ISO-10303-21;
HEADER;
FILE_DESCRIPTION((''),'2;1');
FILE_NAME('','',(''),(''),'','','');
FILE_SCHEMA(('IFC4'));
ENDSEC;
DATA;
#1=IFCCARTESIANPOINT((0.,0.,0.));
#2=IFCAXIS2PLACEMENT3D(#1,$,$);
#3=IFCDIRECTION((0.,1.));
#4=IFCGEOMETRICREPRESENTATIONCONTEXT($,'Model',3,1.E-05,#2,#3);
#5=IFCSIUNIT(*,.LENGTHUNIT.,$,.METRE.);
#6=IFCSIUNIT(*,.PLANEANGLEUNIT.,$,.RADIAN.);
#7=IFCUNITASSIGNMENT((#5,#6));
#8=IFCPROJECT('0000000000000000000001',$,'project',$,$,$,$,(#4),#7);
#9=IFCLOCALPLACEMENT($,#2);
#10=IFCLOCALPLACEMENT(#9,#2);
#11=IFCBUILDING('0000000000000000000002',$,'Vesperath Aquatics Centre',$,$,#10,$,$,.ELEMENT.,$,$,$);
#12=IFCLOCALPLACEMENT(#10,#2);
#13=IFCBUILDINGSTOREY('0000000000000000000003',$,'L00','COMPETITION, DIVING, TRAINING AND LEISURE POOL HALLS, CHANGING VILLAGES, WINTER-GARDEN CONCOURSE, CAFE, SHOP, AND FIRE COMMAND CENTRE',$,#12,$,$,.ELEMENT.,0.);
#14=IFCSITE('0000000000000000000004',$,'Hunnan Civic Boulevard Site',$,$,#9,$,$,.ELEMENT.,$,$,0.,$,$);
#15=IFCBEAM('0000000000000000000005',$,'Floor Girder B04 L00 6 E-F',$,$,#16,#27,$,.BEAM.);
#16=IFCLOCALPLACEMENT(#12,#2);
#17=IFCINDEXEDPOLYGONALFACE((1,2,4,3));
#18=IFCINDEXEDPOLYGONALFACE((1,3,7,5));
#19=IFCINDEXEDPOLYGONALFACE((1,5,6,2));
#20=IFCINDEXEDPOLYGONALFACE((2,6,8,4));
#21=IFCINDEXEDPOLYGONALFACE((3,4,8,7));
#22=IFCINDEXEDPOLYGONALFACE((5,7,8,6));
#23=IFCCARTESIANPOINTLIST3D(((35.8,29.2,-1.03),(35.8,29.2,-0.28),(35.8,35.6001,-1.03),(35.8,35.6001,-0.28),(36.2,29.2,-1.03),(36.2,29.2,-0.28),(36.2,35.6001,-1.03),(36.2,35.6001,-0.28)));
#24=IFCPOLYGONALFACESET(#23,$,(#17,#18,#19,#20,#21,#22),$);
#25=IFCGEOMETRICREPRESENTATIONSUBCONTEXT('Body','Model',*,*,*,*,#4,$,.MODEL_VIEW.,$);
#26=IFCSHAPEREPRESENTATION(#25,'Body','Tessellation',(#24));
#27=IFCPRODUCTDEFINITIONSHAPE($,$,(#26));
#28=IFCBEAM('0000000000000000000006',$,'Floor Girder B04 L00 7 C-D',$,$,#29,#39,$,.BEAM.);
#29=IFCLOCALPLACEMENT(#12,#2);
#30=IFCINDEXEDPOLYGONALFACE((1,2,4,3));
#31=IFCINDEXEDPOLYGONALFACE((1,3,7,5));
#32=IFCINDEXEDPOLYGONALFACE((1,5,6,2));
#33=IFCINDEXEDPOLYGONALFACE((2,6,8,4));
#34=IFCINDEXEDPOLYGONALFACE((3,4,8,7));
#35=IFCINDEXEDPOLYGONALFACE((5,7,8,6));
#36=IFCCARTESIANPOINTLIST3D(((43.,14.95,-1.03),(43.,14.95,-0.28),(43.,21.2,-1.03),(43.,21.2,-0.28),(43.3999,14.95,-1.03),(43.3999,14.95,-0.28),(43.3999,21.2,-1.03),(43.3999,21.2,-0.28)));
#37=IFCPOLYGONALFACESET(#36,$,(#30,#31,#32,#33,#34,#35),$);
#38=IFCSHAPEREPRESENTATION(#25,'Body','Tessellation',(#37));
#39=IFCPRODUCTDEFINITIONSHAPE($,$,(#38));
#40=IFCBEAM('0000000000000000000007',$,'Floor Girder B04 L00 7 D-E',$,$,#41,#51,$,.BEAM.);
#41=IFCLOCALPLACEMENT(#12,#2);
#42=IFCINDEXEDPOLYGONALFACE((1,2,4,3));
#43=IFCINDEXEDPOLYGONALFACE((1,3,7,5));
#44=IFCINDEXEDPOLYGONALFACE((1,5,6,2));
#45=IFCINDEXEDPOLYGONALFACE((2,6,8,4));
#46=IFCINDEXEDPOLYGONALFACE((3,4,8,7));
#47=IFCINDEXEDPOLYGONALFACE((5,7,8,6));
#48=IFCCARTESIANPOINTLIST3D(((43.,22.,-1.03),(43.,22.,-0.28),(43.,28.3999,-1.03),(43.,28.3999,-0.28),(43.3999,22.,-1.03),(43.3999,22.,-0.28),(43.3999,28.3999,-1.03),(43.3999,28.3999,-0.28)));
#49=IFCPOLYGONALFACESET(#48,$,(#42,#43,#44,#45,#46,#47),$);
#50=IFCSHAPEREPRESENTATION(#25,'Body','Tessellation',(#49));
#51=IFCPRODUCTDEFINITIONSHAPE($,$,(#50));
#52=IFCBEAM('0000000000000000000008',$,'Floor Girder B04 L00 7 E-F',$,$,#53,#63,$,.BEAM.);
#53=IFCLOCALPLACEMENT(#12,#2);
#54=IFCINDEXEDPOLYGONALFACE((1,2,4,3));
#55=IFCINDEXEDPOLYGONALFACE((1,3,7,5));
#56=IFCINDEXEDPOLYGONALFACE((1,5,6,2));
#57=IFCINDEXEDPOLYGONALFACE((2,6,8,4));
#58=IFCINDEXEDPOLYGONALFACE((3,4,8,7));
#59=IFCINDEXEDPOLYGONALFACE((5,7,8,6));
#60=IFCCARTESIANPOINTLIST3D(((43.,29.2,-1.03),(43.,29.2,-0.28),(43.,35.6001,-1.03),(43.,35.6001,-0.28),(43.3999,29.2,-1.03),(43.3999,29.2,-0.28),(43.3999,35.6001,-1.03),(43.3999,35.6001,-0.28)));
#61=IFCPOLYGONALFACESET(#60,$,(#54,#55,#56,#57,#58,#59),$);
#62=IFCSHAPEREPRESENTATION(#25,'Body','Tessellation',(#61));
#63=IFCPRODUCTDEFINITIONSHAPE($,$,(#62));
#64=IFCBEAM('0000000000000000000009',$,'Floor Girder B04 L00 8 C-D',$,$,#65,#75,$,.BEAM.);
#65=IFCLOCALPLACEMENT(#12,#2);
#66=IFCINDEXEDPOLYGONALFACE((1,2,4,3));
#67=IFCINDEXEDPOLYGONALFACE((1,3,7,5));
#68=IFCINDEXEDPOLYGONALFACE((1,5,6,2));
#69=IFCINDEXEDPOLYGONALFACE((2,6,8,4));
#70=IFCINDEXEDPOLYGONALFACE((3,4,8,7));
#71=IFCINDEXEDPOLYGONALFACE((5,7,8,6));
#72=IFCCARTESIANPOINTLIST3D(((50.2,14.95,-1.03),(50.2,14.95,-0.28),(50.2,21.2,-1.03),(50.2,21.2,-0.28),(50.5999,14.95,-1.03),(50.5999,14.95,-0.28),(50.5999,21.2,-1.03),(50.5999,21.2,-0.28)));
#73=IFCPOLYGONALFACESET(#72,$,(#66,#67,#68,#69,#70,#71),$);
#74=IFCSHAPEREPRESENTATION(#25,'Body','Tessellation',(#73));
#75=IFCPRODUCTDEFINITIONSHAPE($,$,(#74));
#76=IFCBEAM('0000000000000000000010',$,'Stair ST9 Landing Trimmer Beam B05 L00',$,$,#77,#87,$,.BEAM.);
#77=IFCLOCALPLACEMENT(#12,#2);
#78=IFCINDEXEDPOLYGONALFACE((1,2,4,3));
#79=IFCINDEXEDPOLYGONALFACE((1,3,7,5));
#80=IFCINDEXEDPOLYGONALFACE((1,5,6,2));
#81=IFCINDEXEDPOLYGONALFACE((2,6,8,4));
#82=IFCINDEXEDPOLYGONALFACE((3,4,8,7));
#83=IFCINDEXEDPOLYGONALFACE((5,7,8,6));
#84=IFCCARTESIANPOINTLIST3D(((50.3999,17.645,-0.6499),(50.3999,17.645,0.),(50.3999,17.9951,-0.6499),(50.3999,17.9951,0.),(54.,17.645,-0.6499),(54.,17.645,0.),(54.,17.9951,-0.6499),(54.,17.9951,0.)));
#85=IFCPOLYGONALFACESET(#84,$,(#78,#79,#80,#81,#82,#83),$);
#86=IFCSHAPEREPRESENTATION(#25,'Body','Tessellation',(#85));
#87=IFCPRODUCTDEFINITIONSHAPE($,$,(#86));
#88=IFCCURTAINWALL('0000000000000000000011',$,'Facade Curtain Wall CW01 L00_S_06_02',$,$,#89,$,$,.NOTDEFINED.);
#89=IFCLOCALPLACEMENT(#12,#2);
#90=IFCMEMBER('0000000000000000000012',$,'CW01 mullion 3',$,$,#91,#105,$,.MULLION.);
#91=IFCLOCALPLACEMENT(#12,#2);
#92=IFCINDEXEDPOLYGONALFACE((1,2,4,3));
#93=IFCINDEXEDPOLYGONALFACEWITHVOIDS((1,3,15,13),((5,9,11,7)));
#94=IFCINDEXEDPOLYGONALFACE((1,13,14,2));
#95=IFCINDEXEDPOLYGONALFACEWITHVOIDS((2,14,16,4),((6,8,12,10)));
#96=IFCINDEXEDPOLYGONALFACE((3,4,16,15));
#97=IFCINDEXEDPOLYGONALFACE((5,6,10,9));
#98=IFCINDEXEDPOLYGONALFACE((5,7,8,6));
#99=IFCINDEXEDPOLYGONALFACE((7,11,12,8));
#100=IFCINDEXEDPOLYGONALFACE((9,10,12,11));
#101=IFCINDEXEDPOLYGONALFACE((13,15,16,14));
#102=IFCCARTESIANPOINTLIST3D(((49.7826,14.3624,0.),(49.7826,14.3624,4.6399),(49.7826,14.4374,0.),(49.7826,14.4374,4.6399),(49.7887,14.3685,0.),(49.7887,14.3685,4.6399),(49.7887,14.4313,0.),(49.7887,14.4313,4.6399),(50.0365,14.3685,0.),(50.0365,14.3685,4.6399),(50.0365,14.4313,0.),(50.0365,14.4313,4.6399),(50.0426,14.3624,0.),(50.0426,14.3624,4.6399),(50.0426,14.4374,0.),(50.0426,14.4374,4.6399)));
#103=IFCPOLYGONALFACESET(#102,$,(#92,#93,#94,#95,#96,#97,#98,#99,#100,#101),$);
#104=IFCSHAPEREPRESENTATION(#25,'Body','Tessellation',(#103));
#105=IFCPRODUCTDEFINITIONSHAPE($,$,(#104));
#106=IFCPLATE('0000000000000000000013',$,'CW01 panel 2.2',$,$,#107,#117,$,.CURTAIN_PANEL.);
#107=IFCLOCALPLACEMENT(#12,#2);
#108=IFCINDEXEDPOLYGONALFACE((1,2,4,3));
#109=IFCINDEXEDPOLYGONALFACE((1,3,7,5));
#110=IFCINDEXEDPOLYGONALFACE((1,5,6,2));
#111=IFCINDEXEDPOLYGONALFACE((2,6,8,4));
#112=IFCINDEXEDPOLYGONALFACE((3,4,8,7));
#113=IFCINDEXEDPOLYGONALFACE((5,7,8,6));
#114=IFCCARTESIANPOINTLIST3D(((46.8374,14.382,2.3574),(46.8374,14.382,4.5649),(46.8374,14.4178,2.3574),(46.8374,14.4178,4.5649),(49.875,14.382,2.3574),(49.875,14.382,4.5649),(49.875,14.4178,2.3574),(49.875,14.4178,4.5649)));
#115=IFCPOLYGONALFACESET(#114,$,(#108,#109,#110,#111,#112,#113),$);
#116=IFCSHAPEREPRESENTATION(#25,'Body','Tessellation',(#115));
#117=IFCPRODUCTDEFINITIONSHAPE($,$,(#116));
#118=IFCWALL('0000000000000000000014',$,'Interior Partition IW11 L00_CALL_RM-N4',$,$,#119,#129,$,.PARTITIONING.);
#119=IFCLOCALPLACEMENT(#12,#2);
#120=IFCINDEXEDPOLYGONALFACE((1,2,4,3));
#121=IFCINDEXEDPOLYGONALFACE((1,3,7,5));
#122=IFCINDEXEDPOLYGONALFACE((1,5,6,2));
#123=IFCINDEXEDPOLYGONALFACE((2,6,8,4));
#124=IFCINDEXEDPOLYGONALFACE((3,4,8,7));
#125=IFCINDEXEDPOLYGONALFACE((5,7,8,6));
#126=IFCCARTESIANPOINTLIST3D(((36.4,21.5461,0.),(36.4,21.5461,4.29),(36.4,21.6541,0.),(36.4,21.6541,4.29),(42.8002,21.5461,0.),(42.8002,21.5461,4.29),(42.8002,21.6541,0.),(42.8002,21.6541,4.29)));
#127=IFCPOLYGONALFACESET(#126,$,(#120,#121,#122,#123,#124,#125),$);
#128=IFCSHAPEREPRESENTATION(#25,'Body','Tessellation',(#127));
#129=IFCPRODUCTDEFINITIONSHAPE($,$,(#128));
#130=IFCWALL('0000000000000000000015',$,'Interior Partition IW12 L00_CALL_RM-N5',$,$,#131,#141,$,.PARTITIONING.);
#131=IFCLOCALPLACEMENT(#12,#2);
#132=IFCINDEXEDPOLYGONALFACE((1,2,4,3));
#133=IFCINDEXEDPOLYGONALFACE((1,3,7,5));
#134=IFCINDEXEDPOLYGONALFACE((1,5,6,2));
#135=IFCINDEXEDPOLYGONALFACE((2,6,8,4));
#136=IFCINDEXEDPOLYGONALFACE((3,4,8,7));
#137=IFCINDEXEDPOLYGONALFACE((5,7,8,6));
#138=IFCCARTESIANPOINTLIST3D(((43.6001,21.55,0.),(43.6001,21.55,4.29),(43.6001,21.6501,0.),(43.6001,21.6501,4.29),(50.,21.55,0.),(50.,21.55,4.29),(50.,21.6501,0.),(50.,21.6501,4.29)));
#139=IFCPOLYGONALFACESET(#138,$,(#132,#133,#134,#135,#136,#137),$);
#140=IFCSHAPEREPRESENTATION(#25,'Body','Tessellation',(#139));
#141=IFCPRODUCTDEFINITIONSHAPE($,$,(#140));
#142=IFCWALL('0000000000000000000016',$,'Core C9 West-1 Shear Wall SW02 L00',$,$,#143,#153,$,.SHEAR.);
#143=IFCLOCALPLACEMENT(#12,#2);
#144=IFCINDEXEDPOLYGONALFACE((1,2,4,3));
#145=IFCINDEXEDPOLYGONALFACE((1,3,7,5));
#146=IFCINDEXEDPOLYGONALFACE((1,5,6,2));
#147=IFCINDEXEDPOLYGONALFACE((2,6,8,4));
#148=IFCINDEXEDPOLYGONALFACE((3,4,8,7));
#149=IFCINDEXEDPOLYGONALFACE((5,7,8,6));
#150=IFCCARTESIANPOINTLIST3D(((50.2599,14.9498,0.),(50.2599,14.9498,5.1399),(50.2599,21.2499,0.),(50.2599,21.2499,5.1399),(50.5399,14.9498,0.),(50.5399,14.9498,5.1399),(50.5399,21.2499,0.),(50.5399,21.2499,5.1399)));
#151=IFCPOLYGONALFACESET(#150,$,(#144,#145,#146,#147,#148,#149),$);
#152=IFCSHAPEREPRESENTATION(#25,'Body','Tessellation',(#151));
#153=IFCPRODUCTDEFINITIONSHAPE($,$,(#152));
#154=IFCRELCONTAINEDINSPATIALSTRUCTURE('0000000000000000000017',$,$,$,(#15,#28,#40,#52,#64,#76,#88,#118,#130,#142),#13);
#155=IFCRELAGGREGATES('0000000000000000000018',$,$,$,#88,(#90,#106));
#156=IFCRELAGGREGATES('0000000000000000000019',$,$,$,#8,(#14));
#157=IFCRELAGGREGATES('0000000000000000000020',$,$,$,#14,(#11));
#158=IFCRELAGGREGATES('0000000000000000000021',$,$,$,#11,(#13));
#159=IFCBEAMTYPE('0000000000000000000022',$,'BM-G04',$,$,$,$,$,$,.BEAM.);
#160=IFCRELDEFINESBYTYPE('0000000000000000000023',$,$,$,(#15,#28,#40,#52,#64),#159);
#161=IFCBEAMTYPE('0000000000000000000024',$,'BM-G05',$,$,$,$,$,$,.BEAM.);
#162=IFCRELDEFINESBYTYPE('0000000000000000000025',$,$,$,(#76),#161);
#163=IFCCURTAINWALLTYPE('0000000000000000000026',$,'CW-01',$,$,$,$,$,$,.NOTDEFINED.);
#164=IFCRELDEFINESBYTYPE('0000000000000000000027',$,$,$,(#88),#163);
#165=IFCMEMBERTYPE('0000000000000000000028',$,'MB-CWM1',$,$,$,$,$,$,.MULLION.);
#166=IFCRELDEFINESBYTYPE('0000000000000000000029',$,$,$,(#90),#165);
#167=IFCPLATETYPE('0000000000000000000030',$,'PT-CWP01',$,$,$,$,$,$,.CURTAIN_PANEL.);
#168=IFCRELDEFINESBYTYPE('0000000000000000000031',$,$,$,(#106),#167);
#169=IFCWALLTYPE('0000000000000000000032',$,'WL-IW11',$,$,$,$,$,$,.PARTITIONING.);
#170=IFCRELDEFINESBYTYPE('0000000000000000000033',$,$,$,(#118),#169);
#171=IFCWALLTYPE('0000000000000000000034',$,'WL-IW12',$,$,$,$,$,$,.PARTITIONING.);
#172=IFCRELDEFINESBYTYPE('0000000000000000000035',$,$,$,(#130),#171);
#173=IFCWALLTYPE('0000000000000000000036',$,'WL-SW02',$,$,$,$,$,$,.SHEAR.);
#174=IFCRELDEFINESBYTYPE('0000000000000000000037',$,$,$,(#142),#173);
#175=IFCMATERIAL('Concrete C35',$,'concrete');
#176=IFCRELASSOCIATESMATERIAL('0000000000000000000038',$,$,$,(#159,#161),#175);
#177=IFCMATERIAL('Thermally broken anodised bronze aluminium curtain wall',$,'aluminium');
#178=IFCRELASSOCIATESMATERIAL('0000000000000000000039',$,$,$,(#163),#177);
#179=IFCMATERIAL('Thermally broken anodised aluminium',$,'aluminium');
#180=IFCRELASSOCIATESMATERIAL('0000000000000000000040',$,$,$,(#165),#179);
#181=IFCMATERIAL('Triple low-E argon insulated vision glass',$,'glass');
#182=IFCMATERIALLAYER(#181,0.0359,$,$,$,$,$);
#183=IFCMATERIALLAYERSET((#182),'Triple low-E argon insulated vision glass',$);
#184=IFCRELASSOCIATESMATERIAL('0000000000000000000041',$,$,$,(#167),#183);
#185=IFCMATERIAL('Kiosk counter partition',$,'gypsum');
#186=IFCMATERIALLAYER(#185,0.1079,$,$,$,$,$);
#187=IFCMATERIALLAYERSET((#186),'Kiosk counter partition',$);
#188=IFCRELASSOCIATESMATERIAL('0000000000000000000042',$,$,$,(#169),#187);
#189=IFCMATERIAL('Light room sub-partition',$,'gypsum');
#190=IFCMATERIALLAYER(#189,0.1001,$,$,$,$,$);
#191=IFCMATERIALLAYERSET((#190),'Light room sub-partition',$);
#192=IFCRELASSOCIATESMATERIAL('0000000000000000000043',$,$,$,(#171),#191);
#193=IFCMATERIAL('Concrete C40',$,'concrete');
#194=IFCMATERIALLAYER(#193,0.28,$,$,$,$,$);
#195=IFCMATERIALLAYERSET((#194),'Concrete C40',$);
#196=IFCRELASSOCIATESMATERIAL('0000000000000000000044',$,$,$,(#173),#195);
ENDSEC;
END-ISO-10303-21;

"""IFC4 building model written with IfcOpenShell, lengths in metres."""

from ifc_helpers import new_model, si_unit, direction, frame, frame_2d, origin, origin_2d, place, context, subcontext, project, spatial, rectangle, hollow_rectangle, extrude, material, layer, layer_set, material_profile, profile_set, type_object, element, aggregate, save


model = new_model("IFC4")

# Units and contexts
model_context = context("Model", 3, precision=1e-05, world=origin(), true_north=direction((0.0, 1.0)))
body_context = subcontext(model_context, "Body", "Model", "MODEL_VIEW")
ifc_project = project(units=[si_unit("LENGTHUNIT", "METRE"), si_unit("PLANEANGLEUNIT", "RADIAN")], contexts=[model_context])

# Site, building, storey
site_placement = place(None, origin())
site = spatial("IfcSite", under=ifc_project, at=site_placement, Name="Hunnan Civic Boulevard Site", CompositionType="ELEMENT", RefElevation=0.0)
building_placement = place(site_placement, origin())
building = spatial("IfcBuilding", under=site, at=building_placement, Name="Vesperath Aquatics Centre", CompositionType="ELEMENT")
storey_placement = place(building_placement, origin())
storey = spatial("IfcBuildingStorey", under=building, at=storey_placement, Name="L00", Description="COMPETITION, DIVING, TRAINING AND LEISURE POOL HALLS, CHANGING VILLAGES, WINTER-GARDEN CONCOURSE, CAFE, SHOP, AND FIRE COMMAND CENTRE", CompositionType="ELEMENT", Elevation=0.0)

# Shared definitions
ifc_material_1 = material(Name="Concrete C40", Category="concrete")
ifc_material_2 = material(Name="Concrete C35", Category="concrete")

# Beams
ifc_material_profile_1 = material_profile(ifc_material_2, rectangle(XDim=0.3999, YDim=0.75, at=origin_2d()), Name="RC 400x750")
ifc_profile_set_1 = profile_set([ifc_material_profile_1], Name="Concrete C35")
beam_type_1 = type_object("IfcBeamType", Name="BM-G04", PredefinedType="BEAM", material=ifc_profile_set_1)
beam_1_placement = place(storey_placement, frame((36.0, 29.2, -0.655), z_axis=(0.0, 1.0, 0.0), x_axis=(-1.0, 0.0, 0.0)))
element("IfcBeam", 1, at=beam_1_placement, inside=storey, type_object=beam_type_1, Name="Floor Girder B04 L00 6 E-F", PredefinedType="BEAM", context=body_context, shape_type="SweptSolid", body=[
    extrude(rectangle(XDim=0.3999, YDim=0.75, at=origin_2d()), origin(), (0.0, 0.0, 1.0), 6.4001),
])
beam_2_placement = place(storey_placement, frame((43.2, 14.95, -0.655), z_axis=(0.0, 1.0, 0.0), x_axis=(-1.0, 0.0, 0.0)))
element("IfcBeam", 2, at=beam_2_placement, inside=storey, type_object=beam_type_1, Name="Floor Girder B04 L00 7 C-D", PredefinedType="BEAM", context=body_context, shape_type="SweptSolid", body=[
    extrude(rectangle(XDim=0.3999, YDim=0.75, at=origin_2d()), origin(), (0.0, 0.0, 1.0), 6.25),
])
beam_3_placement = place(storey_placement, frame((43.2, 22.0, -0.655), z_axis=(0.0, 1.0, 0.0), x_axis=(-1.0, 0.0, 0.0)))
element("IfcBeam", 3, at=beam_3_placement, inside=storey, type_object=beam_type_1, Name="Floor Girder B04 L00 7 D-E", PredefinedType="BEAM", context=body_context, shape_type="SweptSolid", body=[
    extrude(rectangle(XDim=0.3999, YDim=0.75, at=origin_2d()), origin(), (0.0, 0.0, 1.0), 6.3999),
])
beam_4_placement = place(storey_placement, frame((43.2, 29.2, -0.655), z_axis=(0.0, 1.0, 0.0), x_axis=(-1.0, 0.0, 0.0)))
element("IfcBeam", 4, at=beam_4_placement, inside=storey, type_object=beam_type_1, Name="Floor Girder B04 L00 7 E-F", PredefinedType="BEAM", context=body_context, shape_type="SweptSolid", body=[
    extrude(rectangle(XDim=0.3999, YDim=0.75, at=origin_2d()), origin(), (0.0, 0.0, 1.0), 6.4001),
])
beam_5_placement = place(storey_placement, frame((50.3999, 14.95, -0.655), z_axis=(0.0, 1.0, 0.0), x_axis=(-1.0, 0.0, 0.0)))
element("IfcBeam", 5, at=beam_5_placement, inside=storey, type_object=beam_type_1, Name="Floor Girder B04 L00 8 C-D", PredefinedType="BEAM", context=body_context, shape_type="SweptSolid", body=[
    extrude(rectangle(XDim=0.3999, YDim=0.75, at=origin_2d()), origin(), (0.0, 0.0, 1.0), 6.25),
])
ifc_material_profile_2 = material_profile(ifc_material_2, rectangle(XDim=0.3501, YDim=0.6499, at=origin_2d()), Name="RC 350x650")
ifc_profile_set_2 = profile_set([ifc_material_profile_2], Name="Concrete C35")
beam_type_2 = type_object("IfcBeamType", Name="BM-G05", PredefinedType="BEAM", material=ifc_profile_set_2)
beam_6_placement = place(storey_placement, frame((50.3999, 17.8201, -0.325), z_axis=(1.0, 0.0, 0.0), x_axis=(0.0, 1.0, 0.0)))
element("IfcBeam", 6, at=beam_6_placement, inside=storey, type_object=beam_type_2, Name="Stair ST9 Landing Trimmer Beam B05 L00", PredefinedType="BEAM", context=body_context, shape_type="SweptSolid", body=[
    extrude(rectangle(XDim=0.3501, YDim=0.6499, at=origin_2d()), origin(), (0.0, 0.0, 1.0), 3.6001),
])

# Curtain wall, member, plate
ifc_material_3 = material(Name="Thermally broken anodised bronze aluminium curtain wall", Category="aluminium")
curtain_wall_type = type_object("IfcCurtainWallType", Name="CW-01", PredefinedType="NOTDEFINED", material=ifc_material_3)
curtain_wall_placement = place(storey_placement, origin())
curtain_wall = element("IfcCurtainWall", 7, at=curtain_wall_placement, inside=storey, type_object=curtain_wall_type, Name="Facade Curtain Wall CW01 L00_S_06_02", PredefinedType="NOTDEFINED")
ifc_material_4 = material(Name="Thermally broken anodised aluminium", Category="aluminium")
ifc_material_profile_3 = material_profile(ifc_material_4, hollow_rectangle(XDim=0.075, YDim=0.26, WallThickness=0.0061, at=origin_2d()), Name="CWM 75x260x6")
ifc_profile_set_3 = profile_set([ifc_material_profile_3], Name="Thermally broken anodised aluminium")
member_type = type_object("IfcMemberType", Name="MB-CWM1", PredefinedType="MULLION", material=ifc_profile_set_3)
member_placement = place(storey_placement, frame((49.9126, 14.3999, 0.0), z_axis=(0.0, 0.0, 1.0), x_axis=(0.0, 1.0, 0.0)))
member = element("IfcMember", 8, at=member_placement, type_object=member_type, Name="CW01 mullion 3", PredefinedType="MULLION", context=body_context, shape_type="SweptSolid", body=[
    extrude(hollow_rectangle(XDim=0.075, YDim=0.26, WallThickness=0.0061, at=origin_2d()), origin(), (0.0, 0.0, 1.0), 4.6399),
])
ifc_material_5 = material(Name="Triple low-E argon insulated vision glass", Category="glass")
ifc_layer_1 = layer(ifc_material_5, 0.0359)
ifc_layer_set_1 = layer_set([ifc_layer_1], Name="Triple low-E argon insulated vision glass")
plate_type = type_object("IfcPlateType", Name="PT-CWP01", PredefinedType="CURTAIN_PANEL", material=ifc_layer_set_1)
plate_placement = place(storey_placement, frame((48.3562, 14.3999, 2.3574), z_axis=(0.0, 0.0, 1.0), x_axis=(1.0, 0.0, 0.0)))
plate = element("IfcPlate", 9, at=plate_placement, type_object=plate_type, Name="CW01 panel 2.2", PredefinedType="CURTAIN_PANEL", context=body_context, shape_type="SweptSolid", body=[
    extrude(rectangle(XDim=3.0376, YDim=0.0359, at=origin_2d()), origin(), (0.0, 0.0, 1.0), 2.2075),
])
aggregate(curtain_wall, [member, plate])

# Walls
ifc_material_6 = material(Name="Kiosk counter partition", Category="gypsum")
ifc_layer_2 = layer(ifc_material_6, 0.1079)
ifc_layer_set_2 = layer_set([ifc_layer_2], Name="Kiosk counter partition")
wall_type_1 = type_object("IfcWallType", Name="WL-IW11", PredefinedType="PARTITIONING", material=ifc_layer_set_2)
wall_1_placement = place(storey_placement, frame((36.3999, 21.6001, 0.0), z_axis=(0.0, 0.0, 1.0), x_axis=(1.0, 0.0, 0.0)))
element("IfcWall", 10, at=wall_1_placement, inside=storey, type_object=wall_type_1, Name="Interior Partition IW11 L00_CALL_RM-N4", PredefinedType="PARTITIONING", context=body_context, shape_type="SweptSolid", body=[
    extrude(rectangle(XDim=6.4001, YDim=0.1079, at=frame_2d((3.2002, 0.0))), origin(), (0.0, 0.0, 1.0), 4.29),
])
ifc_material_7 = material(Name="Light room sub-partition", Category="gypsum")
ifc_layer_3 = layer(ifc_material_7, 0.1001)
ifc_layer_set_3 = layer_set([ifc_layer_3], Name="Light room sub-partition")
wall_type_2 = type_object("IfcWallType", Name="WL-IW12", PredefinedType="PARTITIONING", material=ifc_layer_set_3)
wall_2_placement = place(storey_placement, frame((43.6001, 21.6001, 0.0), z_axis=(0.0, 0.0, 1.0), x_axis=(1.0, 0.0, 0.0)))
element("IfcWall", 11, at=wall_2_placement, inside=storey, type_object=wall_type_2, Name="Interior Partition IW12 L00_CALL_RM-N5", PredefinedType="PARTITIONING", context=body_context, shape_type="SweptSolid", body=[
    extrude(rectangle(XDim=6.3999, YDim=0.1001, at=frame_2d((3.2, 0.0))), origin(), (0.0, 0.0, 1.0), 4.29),
])
ifc_layer_4 = layer(ifc_material_1, 0.28)
ifc_layer_set_4 = layer_set([ifc_layer_4], Name="Concrete C40")
wall_type_3 = type_object("IfcWallType", Name="WL-SW02", PredefinedType="SHEAR", material=ifc_layer_set_4)
wall_3_placement = place(storey_placement, frame((50.3999, 14.95, 0.0), z_axis=(0.0, 0.0, 1.0), x_axis=(0.0, 1.0, 0.0)))
element("IfcWall", 12, at=wall_3_placement, inside=storey, type_object=wall_type_3, Name="Core C9 West-1 Shear Wall SW02 L00", PredefinedType="SHEAR", context=body_context, shape_type="SweptSolid", body=[
    extrude(rectangle(XDim=6.3, YDim=0.28, at=frame_2d((3.1499, 0.0))), origin(), (0.0, 0.0, 1.0), 5.1399),
])

save(model, "model.ifc")
